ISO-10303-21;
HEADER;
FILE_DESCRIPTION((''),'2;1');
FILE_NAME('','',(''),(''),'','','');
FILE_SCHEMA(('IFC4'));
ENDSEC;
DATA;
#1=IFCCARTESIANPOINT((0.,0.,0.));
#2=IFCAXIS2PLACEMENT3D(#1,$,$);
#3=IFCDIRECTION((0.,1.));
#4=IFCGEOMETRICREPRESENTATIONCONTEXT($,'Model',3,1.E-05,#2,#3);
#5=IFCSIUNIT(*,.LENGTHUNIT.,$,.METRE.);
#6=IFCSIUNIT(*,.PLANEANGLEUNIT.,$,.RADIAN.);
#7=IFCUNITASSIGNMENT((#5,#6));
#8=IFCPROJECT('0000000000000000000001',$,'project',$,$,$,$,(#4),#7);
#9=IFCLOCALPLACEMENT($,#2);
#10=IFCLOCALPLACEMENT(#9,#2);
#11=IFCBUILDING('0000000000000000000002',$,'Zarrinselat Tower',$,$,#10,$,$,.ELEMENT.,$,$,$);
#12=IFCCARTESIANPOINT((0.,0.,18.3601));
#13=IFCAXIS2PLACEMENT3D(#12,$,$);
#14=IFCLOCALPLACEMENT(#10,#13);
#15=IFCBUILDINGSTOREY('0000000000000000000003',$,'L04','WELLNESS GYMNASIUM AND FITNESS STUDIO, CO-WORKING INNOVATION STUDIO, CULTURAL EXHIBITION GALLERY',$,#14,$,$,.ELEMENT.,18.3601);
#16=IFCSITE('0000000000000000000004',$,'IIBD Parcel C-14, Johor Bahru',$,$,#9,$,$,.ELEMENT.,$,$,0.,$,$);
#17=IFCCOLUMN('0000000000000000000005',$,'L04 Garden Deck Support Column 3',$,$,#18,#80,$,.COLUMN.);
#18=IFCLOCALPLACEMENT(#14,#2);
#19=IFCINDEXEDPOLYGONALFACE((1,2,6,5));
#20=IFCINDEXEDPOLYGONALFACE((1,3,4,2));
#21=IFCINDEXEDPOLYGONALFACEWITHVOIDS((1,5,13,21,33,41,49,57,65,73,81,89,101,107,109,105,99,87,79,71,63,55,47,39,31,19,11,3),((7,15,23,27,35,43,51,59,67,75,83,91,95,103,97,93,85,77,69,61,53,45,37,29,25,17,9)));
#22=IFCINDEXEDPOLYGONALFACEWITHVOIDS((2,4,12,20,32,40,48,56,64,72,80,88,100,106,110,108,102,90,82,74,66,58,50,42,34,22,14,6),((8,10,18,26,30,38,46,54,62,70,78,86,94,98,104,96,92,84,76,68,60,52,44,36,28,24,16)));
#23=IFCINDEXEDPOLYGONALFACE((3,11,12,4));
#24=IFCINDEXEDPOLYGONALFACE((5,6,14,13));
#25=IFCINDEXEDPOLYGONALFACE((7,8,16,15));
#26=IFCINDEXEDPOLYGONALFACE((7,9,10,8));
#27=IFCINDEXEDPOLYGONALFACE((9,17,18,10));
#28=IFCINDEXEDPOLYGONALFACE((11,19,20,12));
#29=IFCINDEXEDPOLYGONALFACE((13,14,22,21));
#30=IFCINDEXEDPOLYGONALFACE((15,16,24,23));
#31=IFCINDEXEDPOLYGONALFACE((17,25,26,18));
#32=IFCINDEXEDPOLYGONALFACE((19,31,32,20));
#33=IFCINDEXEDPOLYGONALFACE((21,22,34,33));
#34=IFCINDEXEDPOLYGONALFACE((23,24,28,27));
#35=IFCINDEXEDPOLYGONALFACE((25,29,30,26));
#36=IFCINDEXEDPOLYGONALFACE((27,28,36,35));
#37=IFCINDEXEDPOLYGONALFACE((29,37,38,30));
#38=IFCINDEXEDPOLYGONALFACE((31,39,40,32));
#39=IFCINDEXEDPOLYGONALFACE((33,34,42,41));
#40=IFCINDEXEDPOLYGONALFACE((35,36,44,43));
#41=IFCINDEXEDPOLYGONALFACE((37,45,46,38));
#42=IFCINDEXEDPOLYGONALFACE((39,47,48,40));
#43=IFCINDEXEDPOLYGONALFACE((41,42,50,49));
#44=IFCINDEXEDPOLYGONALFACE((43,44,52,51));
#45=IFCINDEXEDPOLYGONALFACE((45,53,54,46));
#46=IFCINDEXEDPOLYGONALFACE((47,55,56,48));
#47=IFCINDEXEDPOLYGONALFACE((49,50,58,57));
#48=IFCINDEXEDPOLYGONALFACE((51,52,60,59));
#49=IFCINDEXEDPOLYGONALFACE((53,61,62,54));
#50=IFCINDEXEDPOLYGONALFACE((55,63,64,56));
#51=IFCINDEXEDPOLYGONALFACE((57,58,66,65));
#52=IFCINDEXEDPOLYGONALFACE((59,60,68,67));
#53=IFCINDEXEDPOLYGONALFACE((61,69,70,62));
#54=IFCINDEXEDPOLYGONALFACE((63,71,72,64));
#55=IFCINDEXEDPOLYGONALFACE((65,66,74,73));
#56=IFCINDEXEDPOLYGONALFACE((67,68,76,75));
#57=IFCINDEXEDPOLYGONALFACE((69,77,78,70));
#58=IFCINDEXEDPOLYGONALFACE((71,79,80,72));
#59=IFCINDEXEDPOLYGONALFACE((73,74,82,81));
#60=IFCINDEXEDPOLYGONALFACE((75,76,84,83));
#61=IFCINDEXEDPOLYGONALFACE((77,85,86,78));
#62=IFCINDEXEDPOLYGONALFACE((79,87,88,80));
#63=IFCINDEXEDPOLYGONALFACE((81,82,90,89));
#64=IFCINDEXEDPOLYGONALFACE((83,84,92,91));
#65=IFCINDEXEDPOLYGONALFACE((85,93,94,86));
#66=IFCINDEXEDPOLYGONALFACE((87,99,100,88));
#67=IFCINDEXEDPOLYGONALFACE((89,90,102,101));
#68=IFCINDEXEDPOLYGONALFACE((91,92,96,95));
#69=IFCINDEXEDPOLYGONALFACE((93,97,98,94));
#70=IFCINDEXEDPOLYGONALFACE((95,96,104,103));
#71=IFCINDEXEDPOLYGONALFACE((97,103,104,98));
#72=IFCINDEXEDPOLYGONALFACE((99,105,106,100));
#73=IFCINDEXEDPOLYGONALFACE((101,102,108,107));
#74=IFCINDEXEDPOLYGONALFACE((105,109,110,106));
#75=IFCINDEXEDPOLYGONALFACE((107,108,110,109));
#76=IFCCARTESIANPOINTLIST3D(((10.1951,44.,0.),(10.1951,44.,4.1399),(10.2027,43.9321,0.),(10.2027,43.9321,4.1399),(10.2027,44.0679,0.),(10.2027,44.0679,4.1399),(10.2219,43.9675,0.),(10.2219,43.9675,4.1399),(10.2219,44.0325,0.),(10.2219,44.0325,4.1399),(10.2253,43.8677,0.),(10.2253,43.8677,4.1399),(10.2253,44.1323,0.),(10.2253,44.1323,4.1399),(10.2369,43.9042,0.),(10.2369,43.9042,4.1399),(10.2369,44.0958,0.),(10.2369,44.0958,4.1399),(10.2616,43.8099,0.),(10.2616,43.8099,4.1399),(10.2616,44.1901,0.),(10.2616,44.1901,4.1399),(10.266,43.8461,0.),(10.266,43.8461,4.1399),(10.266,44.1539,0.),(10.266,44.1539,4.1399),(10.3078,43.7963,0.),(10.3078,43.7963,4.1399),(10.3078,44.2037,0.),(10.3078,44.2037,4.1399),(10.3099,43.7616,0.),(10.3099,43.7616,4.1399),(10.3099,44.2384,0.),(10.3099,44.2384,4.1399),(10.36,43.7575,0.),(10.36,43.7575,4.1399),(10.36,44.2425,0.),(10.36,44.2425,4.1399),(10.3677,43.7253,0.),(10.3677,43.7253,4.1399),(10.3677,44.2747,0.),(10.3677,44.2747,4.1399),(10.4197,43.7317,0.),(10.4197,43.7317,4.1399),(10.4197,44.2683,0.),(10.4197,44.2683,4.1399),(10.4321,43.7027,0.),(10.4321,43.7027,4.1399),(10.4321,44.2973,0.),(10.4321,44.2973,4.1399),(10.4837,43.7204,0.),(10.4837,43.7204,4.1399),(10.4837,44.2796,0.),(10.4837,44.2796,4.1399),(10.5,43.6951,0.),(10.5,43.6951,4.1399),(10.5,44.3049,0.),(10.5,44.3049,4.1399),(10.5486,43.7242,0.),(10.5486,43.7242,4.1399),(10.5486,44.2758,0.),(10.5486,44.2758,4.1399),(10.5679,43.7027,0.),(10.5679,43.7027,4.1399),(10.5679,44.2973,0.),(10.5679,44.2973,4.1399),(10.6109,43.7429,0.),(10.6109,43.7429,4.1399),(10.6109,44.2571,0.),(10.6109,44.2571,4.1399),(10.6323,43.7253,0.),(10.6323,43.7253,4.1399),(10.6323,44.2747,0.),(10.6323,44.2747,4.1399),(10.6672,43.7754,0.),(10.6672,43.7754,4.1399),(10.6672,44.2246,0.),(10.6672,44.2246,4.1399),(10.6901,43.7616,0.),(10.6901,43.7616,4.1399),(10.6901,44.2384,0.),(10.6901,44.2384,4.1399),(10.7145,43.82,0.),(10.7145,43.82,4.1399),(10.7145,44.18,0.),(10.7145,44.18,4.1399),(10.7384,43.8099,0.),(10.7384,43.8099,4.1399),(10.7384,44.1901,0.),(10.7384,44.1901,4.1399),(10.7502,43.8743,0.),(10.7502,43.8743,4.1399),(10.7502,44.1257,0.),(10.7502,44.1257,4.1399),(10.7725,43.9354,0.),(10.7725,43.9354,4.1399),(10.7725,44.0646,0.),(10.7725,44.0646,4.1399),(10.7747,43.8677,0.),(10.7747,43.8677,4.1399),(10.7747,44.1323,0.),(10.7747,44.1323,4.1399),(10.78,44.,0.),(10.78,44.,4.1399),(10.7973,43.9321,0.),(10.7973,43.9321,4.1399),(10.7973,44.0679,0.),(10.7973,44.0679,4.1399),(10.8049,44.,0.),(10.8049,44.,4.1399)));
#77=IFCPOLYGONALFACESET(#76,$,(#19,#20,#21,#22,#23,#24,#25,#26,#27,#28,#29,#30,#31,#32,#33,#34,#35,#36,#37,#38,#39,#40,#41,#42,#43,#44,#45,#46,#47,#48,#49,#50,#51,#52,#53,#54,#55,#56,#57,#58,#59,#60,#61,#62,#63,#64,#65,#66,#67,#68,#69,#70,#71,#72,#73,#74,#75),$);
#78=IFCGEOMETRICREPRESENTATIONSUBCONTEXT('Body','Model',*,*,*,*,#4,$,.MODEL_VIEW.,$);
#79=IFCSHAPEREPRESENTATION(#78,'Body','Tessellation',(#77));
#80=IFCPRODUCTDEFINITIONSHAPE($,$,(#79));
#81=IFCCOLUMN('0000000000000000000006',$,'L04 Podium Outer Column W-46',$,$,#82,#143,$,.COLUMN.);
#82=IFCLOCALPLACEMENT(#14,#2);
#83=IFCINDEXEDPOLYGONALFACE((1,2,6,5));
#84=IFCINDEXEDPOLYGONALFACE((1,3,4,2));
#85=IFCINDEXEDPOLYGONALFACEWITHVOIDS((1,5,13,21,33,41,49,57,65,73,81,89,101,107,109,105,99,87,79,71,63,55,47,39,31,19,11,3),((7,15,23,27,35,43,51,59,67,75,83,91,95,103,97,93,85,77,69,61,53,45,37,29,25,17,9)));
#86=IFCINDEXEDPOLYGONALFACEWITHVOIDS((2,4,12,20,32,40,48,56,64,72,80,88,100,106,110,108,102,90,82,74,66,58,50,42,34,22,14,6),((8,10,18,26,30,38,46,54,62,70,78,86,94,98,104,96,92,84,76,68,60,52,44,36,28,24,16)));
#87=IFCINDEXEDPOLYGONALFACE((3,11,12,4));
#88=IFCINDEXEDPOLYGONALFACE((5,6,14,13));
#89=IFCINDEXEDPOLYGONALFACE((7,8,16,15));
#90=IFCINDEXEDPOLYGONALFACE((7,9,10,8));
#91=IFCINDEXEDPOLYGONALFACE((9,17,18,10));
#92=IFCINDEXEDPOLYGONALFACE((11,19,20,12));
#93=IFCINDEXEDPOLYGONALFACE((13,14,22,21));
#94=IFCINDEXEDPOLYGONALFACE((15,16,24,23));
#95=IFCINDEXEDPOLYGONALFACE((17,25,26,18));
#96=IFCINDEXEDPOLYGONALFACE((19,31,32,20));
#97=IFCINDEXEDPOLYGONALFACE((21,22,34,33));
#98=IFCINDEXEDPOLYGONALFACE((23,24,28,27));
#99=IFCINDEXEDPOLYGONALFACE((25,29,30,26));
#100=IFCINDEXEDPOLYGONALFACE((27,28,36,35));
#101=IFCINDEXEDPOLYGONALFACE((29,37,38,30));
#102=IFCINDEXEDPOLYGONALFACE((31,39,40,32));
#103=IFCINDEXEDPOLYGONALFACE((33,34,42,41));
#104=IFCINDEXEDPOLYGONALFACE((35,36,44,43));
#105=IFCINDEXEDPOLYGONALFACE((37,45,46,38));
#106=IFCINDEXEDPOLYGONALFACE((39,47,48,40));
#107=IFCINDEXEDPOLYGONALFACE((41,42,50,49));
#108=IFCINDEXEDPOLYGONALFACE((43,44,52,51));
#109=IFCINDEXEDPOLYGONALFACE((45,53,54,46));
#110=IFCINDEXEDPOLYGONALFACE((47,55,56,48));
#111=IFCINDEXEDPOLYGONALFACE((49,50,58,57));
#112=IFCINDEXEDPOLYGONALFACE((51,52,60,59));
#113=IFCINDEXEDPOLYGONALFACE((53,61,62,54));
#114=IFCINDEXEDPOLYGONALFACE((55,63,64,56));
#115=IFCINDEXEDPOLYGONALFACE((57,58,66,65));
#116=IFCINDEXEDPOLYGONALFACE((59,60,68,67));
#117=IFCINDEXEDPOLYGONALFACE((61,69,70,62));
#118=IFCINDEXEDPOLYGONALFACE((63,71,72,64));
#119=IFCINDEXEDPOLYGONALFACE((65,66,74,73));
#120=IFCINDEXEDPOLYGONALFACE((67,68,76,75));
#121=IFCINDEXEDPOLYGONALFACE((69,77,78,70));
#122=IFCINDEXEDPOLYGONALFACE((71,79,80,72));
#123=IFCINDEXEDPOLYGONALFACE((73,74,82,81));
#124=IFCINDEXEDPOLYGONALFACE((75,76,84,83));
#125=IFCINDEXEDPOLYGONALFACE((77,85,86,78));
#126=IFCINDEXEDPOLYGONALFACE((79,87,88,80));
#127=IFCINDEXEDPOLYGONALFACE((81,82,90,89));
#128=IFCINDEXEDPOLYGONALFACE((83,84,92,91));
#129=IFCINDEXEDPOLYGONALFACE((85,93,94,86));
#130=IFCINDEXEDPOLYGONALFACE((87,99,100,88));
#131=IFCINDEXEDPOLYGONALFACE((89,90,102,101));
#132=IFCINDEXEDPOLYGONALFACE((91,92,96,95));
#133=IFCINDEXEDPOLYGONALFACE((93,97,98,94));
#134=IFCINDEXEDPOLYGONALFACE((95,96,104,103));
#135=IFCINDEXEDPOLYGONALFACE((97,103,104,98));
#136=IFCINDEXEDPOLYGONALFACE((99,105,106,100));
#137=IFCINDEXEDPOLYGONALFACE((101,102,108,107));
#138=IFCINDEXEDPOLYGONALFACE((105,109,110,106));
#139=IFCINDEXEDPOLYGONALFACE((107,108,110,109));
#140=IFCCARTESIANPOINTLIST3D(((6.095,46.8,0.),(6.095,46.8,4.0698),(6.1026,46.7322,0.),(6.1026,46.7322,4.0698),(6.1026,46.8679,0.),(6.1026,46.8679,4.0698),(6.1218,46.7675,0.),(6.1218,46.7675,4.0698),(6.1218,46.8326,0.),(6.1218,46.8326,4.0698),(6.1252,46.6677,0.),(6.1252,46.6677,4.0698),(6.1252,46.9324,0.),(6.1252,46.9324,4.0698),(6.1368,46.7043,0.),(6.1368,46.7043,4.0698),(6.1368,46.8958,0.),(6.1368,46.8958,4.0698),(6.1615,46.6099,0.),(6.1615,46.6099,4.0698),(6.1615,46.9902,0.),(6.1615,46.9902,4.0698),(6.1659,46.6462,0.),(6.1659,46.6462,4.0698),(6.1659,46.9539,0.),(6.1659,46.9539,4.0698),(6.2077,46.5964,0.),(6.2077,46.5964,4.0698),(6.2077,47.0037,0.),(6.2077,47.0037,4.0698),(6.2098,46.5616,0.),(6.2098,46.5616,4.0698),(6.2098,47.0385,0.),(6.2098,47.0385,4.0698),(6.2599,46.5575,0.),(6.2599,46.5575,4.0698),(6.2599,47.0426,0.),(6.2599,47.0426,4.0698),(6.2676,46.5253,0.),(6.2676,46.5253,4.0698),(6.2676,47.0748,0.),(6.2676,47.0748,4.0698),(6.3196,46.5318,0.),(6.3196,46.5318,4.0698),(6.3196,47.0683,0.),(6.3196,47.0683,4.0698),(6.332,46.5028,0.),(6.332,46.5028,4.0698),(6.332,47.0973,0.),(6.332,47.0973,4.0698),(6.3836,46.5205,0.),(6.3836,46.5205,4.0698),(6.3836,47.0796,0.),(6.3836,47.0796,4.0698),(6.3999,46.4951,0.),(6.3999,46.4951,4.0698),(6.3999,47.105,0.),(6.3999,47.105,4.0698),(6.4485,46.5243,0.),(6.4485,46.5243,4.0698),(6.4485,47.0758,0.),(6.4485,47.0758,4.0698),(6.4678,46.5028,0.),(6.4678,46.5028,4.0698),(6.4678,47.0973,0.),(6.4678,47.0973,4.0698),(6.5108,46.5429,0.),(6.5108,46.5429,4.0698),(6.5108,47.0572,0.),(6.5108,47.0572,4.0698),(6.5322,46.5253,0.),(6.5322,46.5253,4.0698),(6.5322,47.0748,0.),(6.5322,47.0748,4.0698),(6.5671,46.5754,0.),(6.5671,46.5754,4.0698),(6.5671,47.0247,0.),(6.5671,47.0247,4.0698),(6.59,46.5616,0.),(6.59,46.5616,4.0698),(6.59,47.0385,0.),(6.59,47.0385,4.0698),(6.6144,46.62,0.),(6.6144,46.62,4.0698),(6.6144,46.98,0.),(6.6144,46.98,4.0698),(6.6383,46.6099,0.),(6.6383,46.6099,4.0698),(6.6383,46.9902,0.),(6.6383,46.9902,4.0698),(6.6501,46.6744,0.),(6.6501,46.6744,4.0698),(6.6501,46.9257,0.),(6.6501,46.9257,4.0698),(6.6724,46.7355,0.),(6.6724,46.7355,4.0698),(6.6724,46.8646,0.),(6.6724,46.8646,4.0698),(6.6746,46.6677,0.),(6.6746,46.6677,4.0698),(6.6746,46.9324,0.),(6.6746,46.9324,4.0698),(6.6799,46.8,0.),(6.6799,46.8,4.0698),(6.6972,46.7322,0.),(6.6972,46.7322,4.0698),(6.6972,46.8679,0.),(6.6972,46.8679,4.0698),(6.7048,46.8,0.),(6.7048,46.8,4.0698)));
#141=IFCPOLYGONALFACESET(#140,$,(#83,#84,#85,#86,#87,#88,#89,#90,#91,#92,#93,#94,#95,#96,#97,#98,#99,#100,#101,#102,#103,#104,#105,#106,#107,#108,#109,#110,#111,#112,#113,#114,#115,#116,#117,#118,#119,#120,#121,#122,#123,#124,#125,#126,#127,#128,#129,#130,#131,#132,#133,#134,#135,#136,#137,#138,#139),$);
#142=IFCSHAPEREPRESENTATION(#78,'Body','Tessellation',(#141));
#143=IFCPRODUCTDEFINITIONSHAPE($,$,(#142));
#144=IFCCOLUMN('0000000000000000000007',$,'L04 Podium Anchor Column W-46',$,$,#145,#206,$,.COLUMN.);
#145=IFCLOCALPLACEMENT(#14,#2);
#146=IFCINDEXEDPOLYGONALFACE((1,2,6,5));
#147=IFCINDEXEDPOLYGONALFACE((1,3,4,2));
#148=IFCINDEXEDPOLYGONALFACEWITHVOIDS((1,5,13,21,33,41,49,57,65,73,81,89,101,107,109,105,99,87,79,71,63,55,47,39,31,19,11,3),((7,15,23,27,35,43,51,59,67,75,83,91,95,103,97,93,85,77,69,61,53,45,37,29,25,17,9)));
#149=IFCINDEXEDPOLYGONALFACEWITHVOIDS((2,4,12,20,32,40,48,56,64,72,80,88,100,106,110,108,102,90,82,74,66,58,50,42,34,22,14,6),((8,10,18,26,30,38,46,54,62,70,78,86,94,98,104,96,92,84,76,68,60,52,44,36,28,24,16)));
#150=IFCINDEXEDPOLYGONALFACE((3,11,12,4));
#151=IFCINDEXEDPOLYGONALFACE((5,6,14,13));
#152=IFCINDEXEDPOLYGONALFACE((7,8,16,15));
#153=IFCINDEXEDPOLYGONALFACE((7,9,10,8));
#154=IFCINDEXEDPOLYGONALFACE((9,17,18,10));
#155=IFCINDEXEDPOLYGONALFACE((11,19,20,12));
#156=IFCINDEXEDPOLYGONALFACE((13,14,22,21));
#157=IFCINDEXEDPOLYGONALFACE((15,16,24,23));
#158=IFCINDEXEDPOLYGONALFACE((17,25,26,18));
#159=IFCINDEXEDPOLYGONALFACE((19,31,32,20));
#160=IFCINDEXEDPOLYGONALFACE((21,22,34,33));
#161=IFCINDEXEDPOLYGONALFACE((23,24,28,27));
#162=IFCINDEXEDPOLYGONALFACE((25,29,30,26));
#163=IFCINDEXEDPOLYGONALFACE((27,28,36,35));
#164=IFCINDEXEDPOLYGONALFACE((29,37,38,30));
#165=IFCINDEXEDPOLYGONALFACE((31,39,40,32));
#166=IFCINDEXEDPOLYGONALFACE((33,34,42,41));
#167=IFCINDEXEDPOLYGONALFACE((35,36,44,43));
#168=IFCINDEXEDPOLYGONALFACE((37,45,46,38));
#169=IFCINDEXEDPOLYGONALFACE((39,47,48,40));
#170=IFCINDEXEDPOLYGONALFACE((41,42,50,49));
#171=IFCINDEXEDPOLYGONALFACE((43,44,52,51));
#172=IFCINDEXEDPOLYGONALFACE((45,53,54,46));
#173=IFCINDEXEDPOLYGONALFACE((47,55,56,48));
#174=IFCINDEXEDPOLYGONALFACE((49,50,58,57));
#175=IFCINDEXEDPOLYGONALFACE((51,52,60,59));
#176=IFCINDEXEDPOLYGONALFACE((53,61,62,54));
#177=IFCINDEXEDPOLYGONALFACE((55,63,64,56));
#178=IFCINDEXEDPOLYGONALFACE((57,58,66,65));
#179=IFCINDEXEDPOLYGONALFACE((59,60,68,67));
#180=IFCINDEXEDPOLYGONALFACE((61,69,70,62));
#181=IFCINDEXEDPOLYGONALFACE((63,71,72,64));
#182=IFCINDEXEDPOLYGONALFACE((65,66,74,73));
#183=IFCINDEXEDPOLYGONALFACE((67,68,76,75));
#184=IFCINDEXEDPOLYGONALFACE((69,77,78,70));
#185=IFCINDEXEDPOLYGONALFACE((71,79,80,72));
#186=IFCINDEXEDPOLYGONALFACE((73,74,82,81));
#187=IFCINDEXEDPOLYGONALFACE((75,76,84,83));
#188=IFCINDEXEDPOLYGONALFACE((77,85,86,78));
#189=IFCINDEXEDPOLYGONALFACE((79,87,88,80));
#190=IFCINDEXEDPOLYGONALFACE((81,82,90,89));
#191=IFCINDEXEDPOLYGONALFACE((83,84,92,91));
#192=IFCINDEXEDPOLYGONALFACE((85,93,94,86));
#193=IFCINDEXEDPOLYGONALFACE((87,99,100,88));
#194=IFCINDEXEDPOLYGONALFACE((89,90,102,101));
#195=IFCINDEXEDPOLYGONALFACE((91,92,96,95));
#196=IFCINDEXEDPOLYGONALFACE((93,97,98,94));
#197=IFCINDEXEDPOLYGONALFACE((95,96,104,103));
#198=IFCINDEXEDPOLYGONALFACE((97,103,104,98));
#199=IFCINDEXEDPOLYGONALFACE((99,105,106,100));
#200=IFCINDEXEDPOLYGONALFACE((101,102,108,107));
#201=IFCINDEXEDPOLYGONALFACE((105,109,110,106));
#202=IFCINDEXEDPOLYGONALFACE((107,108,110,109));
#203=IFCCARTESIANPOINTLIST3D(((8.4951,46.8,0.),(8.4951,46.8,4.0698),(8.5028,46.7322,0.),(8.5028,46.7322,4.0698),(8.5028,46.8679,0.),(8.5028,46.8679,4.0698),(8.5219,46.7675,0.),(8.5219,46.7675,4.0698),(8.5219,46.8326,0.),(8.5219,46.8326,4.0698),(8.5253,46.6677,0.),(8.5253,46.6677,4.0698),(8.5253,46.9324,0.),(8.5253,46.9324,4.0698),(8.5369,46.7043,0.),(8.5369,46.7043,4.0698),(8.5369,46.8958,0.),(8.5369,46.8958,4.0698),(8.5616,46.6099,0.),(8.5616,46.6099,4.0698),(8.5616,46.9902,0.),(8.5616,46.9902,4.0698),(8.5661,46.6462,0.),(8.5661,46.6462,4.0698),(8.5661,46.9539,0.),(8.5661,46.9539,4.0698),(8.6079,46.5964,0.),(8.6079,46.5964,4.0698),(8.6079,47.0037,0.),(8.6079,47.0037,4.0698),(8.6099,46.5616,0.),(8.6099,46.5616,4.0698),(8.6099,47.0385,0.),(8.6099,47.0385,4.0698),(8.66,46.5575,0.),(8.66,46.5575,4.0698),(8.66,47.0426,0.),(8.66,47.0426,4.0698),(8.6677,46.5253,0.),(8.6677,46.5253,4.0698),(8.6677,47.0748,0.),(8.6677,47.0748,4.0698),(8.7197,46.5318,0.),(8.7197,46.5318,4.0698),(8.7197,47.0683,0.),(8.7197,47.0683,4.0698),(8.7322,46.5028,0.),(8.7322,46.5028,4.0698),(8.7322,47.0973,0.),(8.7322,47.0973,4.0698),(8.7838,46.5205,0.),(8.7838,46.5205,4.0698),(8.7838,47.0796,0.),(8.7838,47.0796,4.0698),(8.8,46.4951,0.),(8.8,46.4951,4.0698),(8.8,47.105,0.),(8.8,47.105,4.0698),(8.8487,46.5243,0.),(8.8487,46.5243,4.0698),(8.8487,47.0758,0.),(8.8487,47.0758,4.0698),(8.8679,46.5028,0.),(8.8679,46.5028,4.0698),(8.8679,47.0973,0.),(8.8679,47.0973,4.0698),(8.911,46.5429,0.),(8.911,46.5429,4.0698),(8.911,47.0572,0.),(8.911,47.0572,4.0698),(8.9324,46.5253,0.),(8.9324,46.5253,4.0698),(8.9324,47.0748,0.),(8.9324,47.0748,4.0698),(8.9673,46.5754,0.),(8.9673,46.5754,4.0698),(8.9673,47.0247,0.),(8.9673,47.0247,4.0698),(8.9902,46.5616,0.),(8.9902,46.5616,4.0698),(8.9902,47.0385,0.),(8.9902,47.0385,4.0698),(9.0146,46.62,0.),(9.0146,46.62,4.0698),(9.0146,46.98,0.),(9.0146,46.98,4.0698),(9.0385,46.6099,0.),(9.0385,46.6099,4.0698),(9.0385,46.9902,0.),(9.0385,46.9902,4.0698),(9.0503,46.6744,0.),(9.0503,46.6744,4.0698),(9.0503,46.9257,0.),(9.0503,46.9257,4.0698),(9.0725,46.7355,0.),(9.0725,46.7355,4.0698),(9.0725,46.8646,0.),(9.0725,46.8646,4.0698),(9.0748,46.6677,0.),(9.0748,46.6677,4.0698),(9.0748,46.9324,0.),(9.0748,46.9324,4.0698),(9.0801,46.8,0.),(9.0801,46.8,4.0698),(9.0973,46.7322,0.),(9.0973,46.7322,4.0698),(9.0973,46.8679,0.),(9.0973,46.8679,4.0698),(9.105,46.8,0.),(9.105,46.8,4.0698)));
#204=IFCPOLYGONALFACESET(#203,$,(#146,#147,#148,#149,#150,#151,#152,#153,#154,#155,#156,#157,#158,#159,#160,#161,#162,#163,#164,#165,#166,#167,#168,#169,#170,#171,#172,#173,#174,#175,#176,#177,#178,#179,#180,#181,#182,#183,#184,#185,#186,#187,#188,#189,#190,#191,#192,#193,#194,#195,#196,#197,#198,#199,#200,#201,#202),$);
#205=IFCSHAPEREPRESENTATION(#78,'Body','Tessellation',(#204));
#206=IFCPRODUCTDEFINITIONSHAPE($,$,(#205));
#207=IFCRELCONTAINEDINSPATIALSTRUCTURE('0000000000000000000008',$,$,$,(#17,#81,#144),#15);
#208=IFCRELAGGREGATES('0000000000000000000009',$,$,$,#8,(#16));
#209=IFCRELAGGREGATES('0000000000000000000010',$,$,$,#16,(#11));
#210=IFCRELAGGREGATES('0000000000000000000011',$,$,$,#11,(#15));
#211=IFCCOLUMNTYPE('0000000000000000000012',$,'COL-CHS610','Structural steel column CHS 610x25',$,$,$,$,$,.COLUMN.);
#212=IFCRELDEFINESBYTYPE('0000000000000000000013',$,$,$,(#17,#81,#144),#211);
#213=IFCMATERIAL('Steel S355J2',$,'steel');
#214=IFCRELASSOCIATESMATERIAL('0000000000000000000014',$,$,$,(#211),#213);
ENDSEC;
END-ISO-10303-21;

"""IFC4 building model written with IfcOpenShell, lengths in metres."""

from ifc_helpers import new_model, si_unit, direction, frame, origin, origin_2d, place, context, subcontext, project, spatial, hollow_circle, extrude, material, material_profile, profile_set, type_object, element, save


model = new_model("IFC4")

# Units and contexts
model_context = context("Model", 3, precision=1e-05, world=origin(), true_north=direction((0.0, 1.0)))
body_context = subcontext(model_context, "Body", "Model", "MODEL_VIEW")
ifc_project = project(units=[si_unit("LENGTHUNIT", "METRE"), si_unit("PLANEANGLEUNIT", "RADIAN")], contexts=[model_context])

# Site, building, storey
site_placement = place(None, origin())
site = spatial("IfcSite", under=ifc_project, at=site_placement, Name="IIBD Parcel C-14, Johor Bahru", CompositionType="ELEMENT", RefElevation=0.0)
building_placement = place(site_placement, origin())
building = spatial("IfcBuilding", under=site, at=building_placement, Name="Zarrinselat Tower", CompositionType="ELEMENT")
storey_placement = place(building_placement, frame((0.0, 0.0, 18.3601)))
storey = spatial("IfcBuildingStorey", under=building, at=storey_placement, Name="L04", Description="WELLNESS GYMNASIUM AND FITNESS STUDIO, CO-WORKING INNOVATION STUDIO, CULTURAL EXHIBITION GALLERY", CompositionType="ELEMENT", Elevation=18.3601)

# Columns
ifc_material_1 = material(Name="Steel S355J2", Category="steel")
ifc_material_profile_1 = material_profile(ifc_material_1, hollow_circle(Radius=0.3049, WallThickness=0.0249, at=origin_2d()), Name="CHS 610x25")
ifc_profile_set_1 = profile_set([ifc_material_profile_1], Name="Steel S355J2")
column_type = type_object("IfcColumnType", Name="COL-CHS610", Description="Structural steel column CHS 610x25", PredefinedType="COLUMN", material=ifc_profile_set_1)
column_placement = place(storey_placement, frame((10.5, 44.0, 0.0), z_axis=(0.0, 0.0, 1.0), x_axis=(1.0, 0.0, 0.0)))
element("IfcColumn", 1, at=column_placement, inside=storey, type_object=column_type, Name="L04 Garden Deck Support Column 3", PredefinedType="COLUMN", context=body_context, shape_type="SweptSolid", body=[
    extrude(hollow_circle(Radius=0.3049, WallThickness=0.0249, at=origin_2d()), origin(), (0.0, 0.0, 1.0), 4.1399),
])
for number, where, z_axis, x_axis, name in (
    (2, (6.3999, 46.8, 0.0), (0.0, 0.0, 1.0), (1.0, 0.0, 0.0), "L04 Podium Outer Column W-46"),
    (3, (8.8, 46.8, 0.0), (0.0, 0.0, 1.0), (1.0, 0.0, 0.0), "L04 Podium Anchor Column W-46"),
):
    element("IfcColumn", number, at=place(storey_placement, frame(where, z_axis=z_axis, x_axis=x_axis)), inside=storey, type_object=column_type, Name=name, PredefinedType="COLUMN", context=body_context, shape_type="SweptSolid", body=[
        extrude(hollow_circle(Radius=0.3049, WallThickness=0.0249, at=origin_2d()), origin(), (0.0, 0.0, 1.0), 4.0698),
    ])

save(model, "model.ifc")
